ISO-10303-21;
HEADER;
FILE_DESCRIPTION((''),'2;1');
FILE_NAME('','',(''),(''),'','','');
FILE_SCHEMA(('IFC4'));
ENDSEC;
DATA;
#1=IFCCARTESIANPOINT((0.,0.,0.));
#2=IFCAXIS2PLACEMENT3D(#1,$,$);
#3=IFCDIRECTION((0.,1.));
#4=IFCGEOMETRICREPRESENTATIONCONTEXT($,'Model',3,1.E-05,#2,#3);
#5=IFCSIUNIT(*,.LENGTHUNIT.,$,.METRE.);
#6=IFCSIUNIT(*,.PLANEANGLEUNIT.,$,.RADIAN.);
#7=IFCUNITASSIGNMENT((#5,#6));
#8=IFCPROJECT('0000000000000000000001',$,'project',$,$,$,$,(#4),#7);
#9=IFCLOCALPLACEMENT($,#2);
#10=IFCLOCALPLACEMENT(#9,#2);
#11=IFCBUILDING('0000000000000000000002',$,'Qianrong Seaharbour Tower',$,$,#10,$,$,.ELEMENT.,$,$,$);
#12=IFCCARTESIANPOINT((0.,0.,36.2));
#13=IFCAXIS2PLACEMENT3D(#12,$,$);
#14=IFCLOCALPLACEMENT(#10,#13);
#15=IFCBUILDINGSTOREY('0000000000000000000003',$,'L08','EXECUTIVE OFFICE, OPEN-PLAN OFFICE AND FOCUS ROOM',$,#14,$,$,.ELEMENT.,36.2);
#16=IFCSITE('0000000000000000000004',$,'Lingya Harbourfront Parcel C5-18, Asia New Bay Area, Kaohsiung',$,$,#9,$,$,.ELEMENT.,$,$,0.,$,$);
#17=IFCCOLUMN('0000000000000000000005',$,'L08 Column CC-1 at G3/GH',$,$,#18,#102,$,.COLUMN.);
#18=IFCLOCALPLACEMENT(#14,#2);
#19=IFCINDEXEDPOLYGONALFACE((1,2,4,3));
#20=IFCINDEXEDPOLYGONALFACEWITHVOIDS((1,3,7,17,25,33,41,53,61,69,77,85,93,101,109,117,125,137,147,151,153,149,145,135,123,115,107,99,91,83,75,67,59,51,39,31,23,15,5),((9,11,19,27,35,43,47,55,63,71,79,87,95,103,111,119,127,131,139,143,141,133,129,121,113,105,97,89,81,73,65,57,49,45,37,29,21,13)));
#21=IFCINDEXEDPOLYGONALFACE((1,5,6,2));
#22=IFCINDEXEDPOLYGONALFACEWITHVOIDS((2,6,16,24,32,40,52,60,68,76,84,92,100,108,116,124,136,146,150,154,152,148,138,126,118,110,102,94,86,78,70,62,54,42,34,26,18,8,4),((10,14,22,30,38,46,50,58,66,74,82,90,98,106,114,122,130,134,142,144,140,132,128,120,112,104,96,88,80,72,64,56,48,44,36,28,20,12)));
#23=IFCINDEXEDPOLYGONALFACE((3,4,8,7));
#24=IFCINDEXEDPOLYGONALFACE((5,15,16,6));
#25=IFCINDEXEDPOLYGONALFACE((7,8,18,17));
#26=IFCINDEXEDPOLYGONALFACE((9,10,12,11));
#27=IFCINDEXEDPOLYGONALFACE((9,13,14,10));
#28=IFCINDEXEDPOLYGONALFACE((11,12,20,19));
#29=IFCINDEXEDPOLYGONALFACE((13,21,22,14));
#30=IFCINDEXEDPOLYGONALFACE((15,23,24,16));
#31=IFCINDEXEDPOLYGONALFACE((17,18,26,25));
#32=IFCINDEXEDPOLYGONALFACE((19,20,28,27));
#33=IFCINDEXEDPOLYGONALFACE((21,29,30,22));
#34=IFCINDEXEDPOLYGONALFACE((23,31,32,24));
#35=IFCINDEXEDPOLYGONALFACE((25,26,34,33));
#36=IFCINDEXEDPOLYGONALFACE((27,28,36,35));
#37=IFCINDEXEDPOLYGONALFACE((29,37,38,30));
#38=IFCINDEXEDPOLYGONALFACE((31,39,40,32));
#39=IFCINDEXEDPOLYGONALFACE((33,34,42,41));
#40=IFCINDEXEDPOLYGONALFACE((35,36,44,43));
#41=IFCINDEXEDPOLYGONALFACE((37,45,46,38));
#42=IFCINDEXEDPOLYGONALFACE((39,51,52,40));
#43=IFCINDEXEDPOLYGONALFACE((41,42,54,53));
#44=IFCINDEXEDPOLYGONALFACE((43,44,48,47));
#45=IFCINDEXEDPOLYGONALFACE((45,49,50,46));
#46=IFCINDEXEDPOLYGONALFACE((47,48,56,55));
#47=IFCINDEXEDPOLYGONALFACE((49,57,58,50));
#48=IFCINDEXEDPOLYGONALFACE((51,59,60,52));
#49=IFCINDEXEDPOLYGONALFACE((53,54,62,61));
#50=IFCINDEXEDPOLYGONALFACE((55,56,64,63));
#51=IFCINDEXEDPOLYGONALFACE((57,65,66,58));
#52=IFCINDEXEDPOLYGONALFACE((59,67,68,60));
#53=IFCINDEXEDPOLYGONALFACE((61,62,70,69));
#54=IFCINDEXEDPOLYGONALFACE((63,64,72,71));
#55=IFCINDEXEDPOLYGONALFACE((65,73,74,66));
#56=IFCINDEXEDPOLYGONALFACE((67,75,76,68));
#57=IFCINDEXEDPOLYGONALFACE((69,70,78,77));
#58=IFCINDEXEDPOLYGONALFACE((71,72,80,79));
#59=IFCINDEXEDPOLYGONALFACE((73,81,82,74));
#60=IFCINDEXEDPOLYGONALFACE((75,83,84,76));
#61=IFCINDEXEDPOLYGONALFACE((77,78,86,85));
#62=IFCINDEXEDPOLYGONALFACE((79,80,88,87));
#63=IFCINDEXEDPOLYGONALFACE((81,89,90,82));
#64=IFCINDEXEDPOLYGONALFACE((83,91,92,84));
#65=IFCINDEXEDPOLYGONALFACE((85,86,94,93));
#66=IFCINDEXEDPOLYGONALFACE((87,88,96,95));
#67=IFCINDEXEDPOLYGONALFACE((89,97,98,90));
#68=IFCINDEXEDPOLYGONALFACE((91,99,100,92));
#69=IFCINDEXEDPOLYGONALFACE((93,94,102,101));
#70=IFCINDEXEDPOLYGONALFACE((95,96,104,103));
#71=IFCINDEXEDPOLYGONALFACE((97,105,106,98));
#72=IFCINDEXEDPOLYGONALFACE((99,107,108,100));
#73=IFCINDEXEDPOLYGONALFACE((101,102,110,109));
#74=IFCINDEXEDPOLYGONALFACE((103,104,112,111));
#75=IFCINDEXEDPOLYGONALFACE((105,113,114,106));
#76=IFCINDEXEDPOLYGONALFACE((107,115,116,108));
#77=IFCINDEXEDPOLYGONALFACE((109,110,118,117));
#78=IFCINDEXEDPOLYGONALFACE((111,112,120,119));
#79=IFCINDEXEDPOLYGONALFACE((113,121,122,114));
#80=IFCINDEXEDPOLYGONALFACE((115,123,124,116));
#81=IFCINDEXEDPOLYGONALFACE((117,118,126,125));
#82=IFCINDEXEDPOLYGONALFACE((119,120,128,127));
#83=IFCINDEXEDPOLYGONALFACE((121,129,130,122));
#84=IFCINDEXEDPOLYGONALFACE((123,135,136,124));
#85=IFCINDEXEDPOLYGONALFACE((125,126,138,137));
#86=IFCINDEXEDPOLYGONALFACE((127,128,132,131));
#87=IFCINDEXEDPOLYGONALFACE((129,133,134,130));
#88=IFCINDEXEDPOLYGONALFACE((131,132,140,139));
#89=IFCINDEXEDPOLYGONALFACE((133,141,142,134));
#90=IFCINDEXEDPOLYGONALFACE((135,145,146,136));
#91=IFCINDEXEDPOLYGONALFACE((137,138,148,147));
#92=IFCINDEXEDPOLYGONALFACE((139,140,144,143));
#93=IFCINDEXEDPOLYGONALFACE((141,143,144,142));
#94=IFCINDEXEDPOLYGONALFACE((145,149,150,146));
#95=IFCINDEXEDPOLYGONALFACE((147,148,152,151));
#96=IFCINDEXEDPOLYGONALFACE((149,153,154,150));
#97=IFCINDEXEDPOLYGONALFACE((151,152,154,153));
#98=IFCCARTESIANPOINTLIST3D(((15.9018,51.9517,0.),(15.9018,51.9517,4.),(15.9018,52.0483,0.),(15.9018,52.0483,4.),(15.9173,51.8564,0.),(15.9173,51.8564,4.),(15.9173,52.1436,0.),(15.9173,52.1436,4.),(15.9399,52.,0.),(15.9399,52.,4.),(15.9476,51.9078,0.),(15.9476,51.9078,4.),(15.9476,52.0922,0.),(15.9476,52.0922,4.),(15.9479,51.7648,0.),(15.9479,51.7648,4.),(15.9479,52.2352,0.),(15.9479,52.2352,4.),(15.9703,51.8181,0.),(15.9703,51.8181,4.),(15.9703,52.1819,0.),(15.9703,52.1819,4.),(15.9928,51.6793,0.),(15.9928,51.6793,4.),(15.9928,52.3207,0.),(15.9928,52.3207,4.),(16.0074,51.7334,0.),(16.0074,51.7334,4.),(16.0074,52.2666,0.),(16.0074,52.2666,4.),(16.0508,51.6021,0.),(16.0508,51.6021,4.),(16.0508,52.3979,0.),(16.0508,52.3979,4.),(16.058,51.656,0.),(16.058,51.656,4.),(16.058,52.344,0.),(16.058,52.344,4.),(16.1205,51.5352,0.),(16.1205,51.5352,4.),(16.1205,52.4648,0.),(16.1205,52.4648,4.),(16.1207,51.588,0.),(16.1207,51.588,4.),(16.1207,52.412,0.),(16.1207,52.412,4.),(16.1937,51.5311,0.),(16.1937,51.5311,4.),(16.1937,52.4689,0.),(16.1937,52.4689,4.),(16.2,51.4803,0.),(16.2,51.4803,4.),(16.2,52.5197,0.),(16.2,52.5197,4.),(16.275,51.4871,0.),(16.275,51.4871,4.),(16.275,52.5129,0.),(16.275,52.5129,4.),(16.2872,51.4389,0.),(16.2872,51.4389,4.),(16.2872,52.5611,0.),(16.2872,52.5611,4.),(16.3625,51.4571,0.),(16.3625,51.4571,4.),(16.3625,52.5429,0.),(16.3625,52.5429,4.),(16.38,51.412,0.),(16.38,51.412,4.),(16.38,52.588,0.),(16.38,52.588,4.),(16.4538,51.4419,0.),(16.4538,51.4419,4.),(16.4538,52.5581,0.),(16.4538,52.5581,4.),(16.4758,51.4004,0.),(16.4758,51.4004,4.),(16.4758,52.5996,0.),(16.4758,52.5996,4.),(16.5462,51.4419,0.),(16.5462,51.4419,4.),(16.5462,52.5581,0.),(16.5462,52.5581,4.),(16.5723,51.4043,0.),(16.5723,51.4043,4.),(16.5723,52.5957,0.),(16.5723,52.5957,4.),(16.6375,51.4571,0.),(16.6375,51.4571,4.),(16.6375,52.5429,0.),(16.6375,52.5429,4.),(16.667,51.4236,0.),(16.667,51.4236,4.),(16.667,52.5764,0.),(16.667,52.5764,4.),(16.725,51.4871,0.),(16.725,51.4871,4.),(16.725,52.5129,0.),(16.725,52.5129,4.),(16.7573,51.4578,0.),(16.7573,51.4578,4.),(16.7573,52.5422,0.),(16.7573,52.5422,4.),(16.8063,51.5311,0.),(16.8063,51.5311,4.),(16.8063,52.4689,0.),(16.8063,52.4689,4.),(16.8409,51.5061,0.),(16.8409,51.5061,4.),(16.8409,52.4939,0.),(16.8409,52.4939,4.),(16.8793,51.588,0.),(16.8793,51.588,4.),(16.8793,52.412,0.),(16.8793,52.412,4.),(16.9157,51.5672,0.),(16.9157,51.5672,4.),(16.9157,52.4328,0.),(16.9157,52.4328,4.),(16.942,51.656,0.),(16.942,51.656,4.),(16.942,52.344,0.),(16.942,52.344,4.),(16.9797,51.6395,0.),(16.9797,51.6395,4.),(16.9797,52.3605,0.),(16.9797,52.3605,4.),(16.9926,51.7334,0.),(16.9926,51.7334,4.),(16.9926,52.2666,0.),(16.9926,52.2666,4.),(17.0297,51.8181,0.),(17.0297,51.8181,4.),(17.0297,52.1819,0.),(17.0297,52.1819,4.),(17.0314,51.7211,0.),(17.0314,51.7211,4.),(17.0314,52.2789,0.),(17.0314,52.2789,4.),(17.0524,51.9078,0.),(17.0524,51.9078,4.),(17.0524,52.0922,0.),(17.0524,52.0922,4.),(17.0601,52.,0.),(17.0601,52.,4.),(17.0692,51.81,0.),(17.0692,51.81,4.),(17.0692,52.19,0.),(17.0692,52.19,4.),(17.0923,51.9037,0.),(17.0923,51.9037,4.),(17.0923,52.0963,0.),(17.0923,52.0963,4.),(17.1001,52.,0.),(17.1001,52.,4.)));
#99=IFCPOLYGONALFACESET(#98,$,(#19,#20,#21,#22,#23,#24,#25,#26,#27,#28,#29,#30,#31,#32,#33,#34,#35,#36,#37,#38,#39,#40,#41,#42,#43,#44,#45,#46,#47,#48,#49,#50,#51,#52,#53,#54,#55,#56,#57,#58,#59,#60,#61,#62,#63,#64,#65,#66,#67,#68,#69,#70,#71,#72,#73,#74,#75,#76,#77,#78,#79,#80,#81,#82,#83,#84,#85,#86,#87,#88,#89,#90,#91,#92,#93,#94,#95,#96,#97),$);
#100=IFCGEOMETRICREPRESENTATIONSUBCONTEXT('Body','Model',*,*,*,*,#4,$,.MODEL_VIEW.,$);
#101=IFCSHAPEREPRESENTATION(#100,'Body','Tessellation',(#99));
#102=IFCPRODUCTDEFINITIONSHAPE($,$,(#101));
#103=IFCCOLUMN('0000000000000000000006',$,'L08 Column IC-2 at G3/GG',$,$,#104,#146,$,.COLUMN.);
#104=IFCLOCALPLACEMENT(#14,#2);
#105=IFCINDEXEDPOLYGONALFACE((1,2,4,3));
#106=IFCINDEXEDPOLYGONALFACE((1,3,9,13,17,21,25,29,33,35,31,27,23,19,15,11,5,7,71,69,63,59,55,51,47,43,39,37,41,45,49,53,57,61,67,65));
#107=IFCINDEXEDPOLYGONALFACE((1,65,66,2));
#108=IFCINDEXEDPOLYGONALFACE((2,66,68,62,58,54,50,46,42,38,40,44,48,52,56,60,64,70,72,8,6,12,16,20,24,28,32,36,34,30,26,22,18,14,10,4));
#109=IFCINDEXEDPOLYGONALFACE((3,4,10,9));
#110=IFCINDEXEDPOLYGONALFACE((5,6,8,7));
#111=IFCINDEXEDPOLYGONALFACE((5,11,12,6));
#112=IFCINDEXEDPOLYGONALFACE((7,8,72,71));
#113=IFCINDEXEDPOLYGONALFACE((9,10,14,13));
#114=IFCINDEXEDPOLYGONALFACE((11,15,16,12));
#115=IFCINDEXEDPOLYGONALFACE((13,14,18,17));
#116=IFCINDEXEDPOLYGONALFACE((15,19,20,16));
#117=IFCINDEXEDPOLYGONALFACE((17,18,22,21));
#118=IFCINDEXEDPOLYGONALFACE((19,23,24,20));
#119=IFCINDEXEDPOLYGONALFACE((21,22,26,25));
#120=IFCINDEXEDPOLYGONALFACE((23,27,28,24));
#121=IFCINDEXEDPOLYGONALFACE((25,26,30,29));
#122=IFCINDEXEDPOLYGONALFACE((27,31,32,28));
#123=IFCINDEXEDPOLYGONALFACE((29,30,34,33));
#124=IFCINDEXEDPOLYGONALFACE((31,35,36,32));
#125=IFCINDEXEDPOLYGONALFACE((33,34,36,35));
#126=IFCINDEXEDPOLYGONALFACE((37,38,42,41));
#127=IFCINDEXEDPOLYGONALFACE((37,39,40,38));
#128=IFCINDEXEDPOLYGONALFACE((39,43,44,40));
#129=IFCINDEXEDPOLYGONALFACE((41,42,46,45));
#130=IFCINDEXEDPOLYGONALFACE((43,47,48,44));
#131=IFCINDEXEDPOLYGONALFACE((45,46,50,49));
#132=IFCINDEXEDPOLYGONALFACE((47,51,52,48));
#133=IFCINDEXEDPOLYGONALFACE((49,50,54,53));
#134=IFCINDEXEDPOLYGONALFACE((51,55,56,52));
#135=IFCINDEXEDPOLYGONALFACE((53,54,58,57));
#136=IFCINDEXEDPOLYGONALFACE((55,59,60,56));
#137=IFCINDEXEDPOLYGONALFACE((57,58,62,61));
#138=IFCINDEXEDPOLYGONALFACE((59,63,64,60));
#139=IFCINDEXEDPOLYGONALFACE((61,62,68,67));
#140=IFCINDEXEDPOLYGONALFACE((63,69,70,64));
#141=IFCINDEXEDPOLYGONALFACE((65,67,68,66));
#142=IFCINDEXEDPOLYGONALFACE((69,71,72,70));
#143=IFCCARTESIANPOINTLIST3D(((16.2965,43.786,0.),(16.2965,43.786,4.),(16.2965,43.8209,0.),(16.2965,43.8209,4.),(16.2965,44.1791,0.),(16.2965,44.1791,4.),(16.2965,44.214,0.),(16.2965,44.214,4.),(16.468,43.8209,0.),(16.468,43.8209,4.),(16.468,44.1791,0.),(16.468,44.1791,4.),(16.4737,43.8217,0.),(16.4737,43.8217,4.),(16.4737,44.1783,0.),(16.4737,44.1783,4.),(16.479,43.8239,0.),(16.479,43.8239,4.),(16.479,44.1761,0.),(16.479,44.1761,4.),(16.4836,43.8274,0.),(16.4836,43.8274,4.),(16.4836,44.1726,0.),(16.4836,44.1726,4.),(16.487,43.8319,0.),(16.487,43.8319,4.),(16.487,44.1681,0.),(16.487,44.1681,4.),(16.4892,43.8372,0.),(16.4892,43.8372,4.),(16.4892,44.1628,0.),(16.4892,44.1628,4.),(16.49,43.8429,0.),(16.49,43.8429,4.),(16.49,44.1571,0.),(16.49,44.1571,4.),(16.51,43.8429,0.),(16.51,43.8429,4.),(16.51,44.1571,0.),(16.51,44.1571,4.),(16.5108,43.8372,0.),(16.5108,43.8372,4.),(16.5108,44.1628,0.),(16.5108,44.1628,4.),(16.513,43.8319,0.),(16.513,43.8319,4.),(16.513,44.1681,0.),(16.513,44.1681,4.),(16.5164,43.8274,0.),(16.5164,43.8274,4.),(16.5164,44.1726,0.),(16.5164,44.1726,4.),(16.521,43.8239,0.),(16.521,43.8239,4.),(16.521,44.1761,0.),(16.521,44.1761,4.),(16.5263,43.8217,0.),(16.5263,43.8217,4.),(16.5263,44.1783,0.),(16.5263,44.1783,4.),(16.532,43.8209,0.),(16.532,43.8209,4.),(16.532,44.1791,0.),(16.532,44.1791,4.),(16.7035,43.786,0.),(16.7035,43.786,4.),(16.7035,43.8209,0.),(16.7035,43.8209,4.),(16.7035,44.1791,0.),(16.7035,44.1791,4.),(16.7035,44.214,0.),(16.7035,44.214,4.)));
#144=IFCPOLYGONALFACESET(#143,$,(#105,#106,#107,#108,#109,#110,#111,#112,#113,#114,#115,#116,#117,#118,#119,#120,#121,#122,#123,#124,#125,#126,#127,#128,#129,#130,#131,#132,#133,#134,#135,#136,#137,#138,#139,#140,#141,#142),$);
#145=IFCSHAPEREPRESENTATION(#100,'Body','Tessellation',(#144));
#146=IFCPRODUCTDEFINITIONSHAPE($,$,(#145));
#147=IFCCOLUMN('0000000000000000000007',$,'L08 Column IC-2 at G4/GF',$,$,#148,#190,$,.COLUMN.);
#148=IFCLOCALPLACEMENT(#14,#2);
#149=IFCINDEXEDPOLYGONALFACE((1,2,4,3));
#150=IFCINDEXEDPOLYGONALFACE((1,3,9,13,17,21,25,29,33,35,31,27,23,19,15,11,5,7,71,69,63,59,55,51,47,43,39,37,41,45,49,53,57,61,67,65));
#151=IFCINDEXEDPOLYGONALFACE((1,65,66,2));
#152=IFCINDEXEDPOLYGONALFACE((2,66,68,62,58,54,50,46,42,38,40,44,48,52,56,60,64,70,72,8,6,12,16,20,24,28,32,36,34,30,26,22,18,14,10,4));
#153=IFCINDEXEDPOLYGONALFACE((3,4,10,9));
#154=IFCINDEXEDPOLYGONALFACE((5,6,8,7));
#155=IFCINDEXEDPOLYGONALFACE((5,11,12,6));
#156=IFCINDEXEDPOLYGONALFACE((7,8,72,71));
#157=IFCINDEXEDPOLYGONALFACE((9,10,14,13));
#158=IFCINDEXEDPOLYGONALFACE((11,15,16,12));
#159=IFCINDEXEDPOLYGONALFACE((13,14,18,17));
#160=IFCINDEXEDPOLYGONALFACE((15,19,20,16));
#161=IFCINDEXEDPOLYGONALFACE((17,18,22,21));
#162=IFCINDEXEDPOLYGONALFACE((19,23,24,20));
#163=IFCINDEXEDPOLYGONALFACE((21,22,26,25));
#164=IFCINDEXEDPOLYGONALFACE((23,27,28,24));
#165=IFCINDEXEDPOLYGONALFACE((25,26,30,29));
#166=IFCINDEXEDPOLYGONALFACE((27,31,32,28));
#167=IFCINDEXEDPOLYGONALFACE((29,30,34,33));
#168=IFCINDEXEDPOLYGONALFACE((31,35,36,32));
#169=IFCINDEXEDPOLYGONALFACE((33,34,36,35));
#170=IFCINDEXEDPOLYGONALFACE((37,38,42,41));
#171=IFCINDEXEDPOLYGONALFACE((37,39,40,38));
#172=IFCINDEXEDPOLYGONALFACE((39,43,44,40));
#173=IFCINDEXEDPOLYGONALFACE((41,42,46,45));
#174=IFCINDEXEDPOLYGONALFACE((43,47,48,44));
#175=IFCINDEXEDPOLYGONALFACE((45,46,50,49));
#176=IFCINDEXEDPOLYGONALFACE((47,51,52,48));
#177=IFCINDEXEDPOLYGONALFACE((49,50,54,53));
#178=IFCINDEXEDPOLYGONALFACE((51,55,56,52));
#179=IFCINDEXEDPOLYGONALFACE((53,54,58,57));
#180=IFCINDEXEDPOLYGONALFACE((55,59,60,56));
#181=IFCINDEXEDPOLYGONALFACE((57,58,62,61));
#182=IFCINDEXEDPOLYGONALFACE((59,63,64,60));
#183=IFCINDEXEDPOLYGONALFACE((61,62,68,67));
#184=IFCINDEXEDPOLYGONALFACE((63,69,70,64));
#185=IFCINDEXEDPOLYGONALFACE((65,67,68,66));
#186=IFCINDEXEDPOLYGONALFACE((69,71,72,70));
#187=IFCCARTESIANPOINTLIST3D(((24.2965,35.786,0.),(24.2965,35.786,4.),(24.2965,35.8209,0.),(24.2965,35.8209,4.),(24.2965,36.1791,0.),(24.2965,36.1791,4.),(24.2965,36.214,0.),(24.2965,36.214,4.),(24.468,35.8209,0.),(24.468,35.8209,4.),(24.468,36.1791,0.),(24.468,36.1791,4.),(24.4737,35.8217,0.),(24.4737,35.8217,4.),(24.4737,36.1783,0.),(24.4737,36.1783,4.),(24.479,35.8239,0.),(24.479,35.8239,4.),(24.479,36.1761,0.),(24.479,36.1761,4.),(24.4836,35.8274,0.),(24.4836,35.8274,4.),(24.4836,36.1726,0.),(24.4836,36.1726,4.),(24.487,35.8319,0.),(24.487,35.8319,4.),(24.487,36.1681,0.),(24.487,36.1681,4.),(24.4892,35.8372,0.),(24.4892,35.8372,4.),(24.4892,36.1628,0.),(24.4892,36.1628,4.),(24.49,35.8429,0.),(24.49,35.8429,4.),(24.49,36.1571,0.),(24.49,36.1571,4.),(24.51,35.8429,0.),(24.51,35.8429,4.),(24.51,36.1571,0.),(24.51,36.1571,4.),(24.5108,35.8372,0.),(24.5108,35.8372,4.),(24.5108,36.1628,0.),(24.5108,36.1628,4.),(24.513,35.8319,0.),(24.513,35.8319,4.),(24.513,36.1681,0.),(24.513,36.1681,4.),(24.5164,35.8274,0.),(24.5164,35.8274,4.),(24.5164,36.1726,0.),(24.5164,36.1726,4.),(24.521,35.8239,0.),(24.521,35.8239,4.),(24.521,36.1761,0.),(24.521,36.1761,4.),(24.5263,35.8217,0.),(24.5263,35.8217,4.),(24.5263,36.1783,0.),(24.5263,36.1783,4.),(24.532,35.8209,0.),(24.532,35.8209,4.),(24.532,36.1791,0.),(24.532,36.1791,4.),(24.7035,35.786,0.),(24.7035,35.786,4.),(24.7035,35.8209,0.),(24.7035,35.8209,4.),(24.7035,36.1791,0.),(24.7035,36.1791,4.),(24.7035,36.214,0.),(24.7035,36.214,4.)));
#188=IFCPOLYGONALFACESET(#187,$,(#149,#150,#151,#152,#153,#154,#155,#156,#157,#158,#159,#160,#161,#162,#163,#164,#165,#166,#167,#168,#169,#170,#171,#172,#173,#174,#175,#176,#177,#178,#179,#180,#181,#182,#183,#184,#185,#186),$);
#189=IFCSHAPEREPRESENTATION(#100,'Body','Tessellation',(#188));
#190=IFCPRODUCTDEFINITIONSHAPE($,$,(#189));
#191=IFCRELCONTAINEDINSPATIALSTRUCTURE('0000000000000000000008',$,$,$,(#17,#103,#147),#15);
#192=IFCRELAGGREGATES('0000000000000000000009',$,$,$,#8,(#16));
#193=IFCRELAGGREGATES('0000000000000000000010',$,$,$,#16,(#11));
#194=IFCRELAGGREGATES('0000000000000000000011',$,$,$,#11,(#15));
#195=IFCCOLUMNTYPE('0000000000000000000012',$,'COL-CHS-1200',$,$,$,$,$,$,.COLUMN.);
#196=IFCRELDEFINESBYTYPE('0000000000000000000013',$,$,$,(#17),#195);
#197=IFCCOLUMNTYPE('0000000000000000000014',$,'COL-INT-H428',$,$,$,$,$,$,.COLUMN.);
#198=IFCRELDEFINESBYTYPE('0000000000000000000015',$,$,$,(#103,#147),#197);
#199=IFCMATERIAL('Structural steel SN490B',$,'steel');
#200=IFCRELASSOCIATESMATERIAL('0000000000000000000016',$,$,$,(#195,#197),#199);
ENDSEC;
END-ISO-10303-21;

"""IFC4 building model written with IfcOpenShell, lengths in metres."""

from ifc_helpers import new_model, si_unit, direction, frame, origin, origin_2d, place, context, subcontext, project, spatial, hollow_circle, i_section, extrude, material, material_profile, profile_set, type_object, element, save


model = new_model("IFC4")

# Units and contexts
model_context = context("Model", 3, precision=1e-05, world=origin(), true_north=direction((0.0, 1.0)))
body_context = subcontext(model_context, "Body", "Model", "MODEL_VIEW")
ifc_project = project(units=[si_unit("LENGTHUNIT", "METRE"), si_unit("PLANEANGLEUNIT", "RADIAN")], contexts=[model_context])

# Site, building, storey
site_placement = place(None, origin())
site = spatial("IfcSite", under=ifc_project, at=site_placement, Name="Lingya Harbourfront Parcel C5-18, Asia New Bay Area, Kaohsiung", CompositionType="ELEMENT", RefElevation=0.0)
building_placement = place(site_placement, origin())
building = spatial("IfcBuilding", under=site, at=building_placement, Name="Qianrong Seaharbour Tower", CompositionType="ELEMENT")
storey_placement = place(building_placement, frame((0.0, 0.0, 36.2)))
storey = spatial("IfcBuildingStorey", under=building, at=storey_placement, Name="L08", Description="EXECUTIVE OFFICE, OPEN-PLAN OFFICE AND FOCUS ROOM", CompositionType="ELEMENT", Elevation=36.2)

# Columns
ifc_material_1 = material(Name="Structural steel SN490B", Category="steel")
ifc_material_profile_1 = material_profile(ifc_material_1, hollow_circle(Radius=0.6001, WallThickness=0.04, at=origin_2d()), Name="CHS1200x40")
ifc_profile_set_1 = profile_set([ifc_material_profile_1], Name="Structural steel SN490B")
column_type_1 = type_object("IfcColumnType", Name="COL-CHS-1200", PredefinedType="COLUMN", material=ifc_profile_set_1)
column_placement = place(storey_placement, frame((16.5, 52.0, 0.0), z_axis=(0.0, 0.0, 1.0), x_axis=(1.0, 0.0, 0.0)))
element("IfcColumn", 1, at=column_placement, inside=storey, type_object=column_type_1, Name="L08 Column CC-1 at G3/GH", PredefinedType="COLUMN", context=body_context, shape_type="SweptSolid", body=[
    extrude(hollow_circle(Radius=0.6001, WallThickness=0.04, at=origin_2d()), origin(), (0.0, 0.0, 1.0), 4.0),
])
ifc_material_profile_2 = material_profile(ifc_material_1, i_section(OverallWidth=0.407, OverallDepth=0.428, WebThickness=0.02, FlangeThickness=0.0349, FilletRadius=0.022, at=origin_2d()), Name="H428x407x20x35")
ifc_profile_set_2 = profile_set([ifc_material_profile_2], Name="Structural steel SN490B")
column_type_2 = type_object("IfcColumnType", Name="COL-INT-H428", PredefinedType="COLUMN", material=ifc_profile_set_2)
for number, where, z_axis, x_axis, name in (
    (2, (16.5, 44.0, 0.0), (0.0, 0.0, 1.0), (1.0, 0.0, 0.0), "L08 Column IC-2 at G3/GG"),
    (3, (24.5, 36.0, 0.0), (0.0, 0.0, 1.0), (1.0, 0.0, 0.0), "L08 Column IC-2 at G4/GF"),
):
    element("IfcColumn", number, at=place(storey_placement, frame(where, z_axis=z_axis, x_axis=x_axis)), inside=storey, type_object=column_type_2, Name=name, PredefinedType="COLUMN", context=body_context, shape_type="SweptSolid", body=[
        extrude(i_section(OverallWidth=0.407, OverallDepth=0.428, WebThickness=0.02, FlangeThickness=0.0349, FilletRadius=0.022, at=origin_2d()), origin(), (0.0, 0.0, 1.0), 4.0),
    ])

save(model, "model.ifc")
